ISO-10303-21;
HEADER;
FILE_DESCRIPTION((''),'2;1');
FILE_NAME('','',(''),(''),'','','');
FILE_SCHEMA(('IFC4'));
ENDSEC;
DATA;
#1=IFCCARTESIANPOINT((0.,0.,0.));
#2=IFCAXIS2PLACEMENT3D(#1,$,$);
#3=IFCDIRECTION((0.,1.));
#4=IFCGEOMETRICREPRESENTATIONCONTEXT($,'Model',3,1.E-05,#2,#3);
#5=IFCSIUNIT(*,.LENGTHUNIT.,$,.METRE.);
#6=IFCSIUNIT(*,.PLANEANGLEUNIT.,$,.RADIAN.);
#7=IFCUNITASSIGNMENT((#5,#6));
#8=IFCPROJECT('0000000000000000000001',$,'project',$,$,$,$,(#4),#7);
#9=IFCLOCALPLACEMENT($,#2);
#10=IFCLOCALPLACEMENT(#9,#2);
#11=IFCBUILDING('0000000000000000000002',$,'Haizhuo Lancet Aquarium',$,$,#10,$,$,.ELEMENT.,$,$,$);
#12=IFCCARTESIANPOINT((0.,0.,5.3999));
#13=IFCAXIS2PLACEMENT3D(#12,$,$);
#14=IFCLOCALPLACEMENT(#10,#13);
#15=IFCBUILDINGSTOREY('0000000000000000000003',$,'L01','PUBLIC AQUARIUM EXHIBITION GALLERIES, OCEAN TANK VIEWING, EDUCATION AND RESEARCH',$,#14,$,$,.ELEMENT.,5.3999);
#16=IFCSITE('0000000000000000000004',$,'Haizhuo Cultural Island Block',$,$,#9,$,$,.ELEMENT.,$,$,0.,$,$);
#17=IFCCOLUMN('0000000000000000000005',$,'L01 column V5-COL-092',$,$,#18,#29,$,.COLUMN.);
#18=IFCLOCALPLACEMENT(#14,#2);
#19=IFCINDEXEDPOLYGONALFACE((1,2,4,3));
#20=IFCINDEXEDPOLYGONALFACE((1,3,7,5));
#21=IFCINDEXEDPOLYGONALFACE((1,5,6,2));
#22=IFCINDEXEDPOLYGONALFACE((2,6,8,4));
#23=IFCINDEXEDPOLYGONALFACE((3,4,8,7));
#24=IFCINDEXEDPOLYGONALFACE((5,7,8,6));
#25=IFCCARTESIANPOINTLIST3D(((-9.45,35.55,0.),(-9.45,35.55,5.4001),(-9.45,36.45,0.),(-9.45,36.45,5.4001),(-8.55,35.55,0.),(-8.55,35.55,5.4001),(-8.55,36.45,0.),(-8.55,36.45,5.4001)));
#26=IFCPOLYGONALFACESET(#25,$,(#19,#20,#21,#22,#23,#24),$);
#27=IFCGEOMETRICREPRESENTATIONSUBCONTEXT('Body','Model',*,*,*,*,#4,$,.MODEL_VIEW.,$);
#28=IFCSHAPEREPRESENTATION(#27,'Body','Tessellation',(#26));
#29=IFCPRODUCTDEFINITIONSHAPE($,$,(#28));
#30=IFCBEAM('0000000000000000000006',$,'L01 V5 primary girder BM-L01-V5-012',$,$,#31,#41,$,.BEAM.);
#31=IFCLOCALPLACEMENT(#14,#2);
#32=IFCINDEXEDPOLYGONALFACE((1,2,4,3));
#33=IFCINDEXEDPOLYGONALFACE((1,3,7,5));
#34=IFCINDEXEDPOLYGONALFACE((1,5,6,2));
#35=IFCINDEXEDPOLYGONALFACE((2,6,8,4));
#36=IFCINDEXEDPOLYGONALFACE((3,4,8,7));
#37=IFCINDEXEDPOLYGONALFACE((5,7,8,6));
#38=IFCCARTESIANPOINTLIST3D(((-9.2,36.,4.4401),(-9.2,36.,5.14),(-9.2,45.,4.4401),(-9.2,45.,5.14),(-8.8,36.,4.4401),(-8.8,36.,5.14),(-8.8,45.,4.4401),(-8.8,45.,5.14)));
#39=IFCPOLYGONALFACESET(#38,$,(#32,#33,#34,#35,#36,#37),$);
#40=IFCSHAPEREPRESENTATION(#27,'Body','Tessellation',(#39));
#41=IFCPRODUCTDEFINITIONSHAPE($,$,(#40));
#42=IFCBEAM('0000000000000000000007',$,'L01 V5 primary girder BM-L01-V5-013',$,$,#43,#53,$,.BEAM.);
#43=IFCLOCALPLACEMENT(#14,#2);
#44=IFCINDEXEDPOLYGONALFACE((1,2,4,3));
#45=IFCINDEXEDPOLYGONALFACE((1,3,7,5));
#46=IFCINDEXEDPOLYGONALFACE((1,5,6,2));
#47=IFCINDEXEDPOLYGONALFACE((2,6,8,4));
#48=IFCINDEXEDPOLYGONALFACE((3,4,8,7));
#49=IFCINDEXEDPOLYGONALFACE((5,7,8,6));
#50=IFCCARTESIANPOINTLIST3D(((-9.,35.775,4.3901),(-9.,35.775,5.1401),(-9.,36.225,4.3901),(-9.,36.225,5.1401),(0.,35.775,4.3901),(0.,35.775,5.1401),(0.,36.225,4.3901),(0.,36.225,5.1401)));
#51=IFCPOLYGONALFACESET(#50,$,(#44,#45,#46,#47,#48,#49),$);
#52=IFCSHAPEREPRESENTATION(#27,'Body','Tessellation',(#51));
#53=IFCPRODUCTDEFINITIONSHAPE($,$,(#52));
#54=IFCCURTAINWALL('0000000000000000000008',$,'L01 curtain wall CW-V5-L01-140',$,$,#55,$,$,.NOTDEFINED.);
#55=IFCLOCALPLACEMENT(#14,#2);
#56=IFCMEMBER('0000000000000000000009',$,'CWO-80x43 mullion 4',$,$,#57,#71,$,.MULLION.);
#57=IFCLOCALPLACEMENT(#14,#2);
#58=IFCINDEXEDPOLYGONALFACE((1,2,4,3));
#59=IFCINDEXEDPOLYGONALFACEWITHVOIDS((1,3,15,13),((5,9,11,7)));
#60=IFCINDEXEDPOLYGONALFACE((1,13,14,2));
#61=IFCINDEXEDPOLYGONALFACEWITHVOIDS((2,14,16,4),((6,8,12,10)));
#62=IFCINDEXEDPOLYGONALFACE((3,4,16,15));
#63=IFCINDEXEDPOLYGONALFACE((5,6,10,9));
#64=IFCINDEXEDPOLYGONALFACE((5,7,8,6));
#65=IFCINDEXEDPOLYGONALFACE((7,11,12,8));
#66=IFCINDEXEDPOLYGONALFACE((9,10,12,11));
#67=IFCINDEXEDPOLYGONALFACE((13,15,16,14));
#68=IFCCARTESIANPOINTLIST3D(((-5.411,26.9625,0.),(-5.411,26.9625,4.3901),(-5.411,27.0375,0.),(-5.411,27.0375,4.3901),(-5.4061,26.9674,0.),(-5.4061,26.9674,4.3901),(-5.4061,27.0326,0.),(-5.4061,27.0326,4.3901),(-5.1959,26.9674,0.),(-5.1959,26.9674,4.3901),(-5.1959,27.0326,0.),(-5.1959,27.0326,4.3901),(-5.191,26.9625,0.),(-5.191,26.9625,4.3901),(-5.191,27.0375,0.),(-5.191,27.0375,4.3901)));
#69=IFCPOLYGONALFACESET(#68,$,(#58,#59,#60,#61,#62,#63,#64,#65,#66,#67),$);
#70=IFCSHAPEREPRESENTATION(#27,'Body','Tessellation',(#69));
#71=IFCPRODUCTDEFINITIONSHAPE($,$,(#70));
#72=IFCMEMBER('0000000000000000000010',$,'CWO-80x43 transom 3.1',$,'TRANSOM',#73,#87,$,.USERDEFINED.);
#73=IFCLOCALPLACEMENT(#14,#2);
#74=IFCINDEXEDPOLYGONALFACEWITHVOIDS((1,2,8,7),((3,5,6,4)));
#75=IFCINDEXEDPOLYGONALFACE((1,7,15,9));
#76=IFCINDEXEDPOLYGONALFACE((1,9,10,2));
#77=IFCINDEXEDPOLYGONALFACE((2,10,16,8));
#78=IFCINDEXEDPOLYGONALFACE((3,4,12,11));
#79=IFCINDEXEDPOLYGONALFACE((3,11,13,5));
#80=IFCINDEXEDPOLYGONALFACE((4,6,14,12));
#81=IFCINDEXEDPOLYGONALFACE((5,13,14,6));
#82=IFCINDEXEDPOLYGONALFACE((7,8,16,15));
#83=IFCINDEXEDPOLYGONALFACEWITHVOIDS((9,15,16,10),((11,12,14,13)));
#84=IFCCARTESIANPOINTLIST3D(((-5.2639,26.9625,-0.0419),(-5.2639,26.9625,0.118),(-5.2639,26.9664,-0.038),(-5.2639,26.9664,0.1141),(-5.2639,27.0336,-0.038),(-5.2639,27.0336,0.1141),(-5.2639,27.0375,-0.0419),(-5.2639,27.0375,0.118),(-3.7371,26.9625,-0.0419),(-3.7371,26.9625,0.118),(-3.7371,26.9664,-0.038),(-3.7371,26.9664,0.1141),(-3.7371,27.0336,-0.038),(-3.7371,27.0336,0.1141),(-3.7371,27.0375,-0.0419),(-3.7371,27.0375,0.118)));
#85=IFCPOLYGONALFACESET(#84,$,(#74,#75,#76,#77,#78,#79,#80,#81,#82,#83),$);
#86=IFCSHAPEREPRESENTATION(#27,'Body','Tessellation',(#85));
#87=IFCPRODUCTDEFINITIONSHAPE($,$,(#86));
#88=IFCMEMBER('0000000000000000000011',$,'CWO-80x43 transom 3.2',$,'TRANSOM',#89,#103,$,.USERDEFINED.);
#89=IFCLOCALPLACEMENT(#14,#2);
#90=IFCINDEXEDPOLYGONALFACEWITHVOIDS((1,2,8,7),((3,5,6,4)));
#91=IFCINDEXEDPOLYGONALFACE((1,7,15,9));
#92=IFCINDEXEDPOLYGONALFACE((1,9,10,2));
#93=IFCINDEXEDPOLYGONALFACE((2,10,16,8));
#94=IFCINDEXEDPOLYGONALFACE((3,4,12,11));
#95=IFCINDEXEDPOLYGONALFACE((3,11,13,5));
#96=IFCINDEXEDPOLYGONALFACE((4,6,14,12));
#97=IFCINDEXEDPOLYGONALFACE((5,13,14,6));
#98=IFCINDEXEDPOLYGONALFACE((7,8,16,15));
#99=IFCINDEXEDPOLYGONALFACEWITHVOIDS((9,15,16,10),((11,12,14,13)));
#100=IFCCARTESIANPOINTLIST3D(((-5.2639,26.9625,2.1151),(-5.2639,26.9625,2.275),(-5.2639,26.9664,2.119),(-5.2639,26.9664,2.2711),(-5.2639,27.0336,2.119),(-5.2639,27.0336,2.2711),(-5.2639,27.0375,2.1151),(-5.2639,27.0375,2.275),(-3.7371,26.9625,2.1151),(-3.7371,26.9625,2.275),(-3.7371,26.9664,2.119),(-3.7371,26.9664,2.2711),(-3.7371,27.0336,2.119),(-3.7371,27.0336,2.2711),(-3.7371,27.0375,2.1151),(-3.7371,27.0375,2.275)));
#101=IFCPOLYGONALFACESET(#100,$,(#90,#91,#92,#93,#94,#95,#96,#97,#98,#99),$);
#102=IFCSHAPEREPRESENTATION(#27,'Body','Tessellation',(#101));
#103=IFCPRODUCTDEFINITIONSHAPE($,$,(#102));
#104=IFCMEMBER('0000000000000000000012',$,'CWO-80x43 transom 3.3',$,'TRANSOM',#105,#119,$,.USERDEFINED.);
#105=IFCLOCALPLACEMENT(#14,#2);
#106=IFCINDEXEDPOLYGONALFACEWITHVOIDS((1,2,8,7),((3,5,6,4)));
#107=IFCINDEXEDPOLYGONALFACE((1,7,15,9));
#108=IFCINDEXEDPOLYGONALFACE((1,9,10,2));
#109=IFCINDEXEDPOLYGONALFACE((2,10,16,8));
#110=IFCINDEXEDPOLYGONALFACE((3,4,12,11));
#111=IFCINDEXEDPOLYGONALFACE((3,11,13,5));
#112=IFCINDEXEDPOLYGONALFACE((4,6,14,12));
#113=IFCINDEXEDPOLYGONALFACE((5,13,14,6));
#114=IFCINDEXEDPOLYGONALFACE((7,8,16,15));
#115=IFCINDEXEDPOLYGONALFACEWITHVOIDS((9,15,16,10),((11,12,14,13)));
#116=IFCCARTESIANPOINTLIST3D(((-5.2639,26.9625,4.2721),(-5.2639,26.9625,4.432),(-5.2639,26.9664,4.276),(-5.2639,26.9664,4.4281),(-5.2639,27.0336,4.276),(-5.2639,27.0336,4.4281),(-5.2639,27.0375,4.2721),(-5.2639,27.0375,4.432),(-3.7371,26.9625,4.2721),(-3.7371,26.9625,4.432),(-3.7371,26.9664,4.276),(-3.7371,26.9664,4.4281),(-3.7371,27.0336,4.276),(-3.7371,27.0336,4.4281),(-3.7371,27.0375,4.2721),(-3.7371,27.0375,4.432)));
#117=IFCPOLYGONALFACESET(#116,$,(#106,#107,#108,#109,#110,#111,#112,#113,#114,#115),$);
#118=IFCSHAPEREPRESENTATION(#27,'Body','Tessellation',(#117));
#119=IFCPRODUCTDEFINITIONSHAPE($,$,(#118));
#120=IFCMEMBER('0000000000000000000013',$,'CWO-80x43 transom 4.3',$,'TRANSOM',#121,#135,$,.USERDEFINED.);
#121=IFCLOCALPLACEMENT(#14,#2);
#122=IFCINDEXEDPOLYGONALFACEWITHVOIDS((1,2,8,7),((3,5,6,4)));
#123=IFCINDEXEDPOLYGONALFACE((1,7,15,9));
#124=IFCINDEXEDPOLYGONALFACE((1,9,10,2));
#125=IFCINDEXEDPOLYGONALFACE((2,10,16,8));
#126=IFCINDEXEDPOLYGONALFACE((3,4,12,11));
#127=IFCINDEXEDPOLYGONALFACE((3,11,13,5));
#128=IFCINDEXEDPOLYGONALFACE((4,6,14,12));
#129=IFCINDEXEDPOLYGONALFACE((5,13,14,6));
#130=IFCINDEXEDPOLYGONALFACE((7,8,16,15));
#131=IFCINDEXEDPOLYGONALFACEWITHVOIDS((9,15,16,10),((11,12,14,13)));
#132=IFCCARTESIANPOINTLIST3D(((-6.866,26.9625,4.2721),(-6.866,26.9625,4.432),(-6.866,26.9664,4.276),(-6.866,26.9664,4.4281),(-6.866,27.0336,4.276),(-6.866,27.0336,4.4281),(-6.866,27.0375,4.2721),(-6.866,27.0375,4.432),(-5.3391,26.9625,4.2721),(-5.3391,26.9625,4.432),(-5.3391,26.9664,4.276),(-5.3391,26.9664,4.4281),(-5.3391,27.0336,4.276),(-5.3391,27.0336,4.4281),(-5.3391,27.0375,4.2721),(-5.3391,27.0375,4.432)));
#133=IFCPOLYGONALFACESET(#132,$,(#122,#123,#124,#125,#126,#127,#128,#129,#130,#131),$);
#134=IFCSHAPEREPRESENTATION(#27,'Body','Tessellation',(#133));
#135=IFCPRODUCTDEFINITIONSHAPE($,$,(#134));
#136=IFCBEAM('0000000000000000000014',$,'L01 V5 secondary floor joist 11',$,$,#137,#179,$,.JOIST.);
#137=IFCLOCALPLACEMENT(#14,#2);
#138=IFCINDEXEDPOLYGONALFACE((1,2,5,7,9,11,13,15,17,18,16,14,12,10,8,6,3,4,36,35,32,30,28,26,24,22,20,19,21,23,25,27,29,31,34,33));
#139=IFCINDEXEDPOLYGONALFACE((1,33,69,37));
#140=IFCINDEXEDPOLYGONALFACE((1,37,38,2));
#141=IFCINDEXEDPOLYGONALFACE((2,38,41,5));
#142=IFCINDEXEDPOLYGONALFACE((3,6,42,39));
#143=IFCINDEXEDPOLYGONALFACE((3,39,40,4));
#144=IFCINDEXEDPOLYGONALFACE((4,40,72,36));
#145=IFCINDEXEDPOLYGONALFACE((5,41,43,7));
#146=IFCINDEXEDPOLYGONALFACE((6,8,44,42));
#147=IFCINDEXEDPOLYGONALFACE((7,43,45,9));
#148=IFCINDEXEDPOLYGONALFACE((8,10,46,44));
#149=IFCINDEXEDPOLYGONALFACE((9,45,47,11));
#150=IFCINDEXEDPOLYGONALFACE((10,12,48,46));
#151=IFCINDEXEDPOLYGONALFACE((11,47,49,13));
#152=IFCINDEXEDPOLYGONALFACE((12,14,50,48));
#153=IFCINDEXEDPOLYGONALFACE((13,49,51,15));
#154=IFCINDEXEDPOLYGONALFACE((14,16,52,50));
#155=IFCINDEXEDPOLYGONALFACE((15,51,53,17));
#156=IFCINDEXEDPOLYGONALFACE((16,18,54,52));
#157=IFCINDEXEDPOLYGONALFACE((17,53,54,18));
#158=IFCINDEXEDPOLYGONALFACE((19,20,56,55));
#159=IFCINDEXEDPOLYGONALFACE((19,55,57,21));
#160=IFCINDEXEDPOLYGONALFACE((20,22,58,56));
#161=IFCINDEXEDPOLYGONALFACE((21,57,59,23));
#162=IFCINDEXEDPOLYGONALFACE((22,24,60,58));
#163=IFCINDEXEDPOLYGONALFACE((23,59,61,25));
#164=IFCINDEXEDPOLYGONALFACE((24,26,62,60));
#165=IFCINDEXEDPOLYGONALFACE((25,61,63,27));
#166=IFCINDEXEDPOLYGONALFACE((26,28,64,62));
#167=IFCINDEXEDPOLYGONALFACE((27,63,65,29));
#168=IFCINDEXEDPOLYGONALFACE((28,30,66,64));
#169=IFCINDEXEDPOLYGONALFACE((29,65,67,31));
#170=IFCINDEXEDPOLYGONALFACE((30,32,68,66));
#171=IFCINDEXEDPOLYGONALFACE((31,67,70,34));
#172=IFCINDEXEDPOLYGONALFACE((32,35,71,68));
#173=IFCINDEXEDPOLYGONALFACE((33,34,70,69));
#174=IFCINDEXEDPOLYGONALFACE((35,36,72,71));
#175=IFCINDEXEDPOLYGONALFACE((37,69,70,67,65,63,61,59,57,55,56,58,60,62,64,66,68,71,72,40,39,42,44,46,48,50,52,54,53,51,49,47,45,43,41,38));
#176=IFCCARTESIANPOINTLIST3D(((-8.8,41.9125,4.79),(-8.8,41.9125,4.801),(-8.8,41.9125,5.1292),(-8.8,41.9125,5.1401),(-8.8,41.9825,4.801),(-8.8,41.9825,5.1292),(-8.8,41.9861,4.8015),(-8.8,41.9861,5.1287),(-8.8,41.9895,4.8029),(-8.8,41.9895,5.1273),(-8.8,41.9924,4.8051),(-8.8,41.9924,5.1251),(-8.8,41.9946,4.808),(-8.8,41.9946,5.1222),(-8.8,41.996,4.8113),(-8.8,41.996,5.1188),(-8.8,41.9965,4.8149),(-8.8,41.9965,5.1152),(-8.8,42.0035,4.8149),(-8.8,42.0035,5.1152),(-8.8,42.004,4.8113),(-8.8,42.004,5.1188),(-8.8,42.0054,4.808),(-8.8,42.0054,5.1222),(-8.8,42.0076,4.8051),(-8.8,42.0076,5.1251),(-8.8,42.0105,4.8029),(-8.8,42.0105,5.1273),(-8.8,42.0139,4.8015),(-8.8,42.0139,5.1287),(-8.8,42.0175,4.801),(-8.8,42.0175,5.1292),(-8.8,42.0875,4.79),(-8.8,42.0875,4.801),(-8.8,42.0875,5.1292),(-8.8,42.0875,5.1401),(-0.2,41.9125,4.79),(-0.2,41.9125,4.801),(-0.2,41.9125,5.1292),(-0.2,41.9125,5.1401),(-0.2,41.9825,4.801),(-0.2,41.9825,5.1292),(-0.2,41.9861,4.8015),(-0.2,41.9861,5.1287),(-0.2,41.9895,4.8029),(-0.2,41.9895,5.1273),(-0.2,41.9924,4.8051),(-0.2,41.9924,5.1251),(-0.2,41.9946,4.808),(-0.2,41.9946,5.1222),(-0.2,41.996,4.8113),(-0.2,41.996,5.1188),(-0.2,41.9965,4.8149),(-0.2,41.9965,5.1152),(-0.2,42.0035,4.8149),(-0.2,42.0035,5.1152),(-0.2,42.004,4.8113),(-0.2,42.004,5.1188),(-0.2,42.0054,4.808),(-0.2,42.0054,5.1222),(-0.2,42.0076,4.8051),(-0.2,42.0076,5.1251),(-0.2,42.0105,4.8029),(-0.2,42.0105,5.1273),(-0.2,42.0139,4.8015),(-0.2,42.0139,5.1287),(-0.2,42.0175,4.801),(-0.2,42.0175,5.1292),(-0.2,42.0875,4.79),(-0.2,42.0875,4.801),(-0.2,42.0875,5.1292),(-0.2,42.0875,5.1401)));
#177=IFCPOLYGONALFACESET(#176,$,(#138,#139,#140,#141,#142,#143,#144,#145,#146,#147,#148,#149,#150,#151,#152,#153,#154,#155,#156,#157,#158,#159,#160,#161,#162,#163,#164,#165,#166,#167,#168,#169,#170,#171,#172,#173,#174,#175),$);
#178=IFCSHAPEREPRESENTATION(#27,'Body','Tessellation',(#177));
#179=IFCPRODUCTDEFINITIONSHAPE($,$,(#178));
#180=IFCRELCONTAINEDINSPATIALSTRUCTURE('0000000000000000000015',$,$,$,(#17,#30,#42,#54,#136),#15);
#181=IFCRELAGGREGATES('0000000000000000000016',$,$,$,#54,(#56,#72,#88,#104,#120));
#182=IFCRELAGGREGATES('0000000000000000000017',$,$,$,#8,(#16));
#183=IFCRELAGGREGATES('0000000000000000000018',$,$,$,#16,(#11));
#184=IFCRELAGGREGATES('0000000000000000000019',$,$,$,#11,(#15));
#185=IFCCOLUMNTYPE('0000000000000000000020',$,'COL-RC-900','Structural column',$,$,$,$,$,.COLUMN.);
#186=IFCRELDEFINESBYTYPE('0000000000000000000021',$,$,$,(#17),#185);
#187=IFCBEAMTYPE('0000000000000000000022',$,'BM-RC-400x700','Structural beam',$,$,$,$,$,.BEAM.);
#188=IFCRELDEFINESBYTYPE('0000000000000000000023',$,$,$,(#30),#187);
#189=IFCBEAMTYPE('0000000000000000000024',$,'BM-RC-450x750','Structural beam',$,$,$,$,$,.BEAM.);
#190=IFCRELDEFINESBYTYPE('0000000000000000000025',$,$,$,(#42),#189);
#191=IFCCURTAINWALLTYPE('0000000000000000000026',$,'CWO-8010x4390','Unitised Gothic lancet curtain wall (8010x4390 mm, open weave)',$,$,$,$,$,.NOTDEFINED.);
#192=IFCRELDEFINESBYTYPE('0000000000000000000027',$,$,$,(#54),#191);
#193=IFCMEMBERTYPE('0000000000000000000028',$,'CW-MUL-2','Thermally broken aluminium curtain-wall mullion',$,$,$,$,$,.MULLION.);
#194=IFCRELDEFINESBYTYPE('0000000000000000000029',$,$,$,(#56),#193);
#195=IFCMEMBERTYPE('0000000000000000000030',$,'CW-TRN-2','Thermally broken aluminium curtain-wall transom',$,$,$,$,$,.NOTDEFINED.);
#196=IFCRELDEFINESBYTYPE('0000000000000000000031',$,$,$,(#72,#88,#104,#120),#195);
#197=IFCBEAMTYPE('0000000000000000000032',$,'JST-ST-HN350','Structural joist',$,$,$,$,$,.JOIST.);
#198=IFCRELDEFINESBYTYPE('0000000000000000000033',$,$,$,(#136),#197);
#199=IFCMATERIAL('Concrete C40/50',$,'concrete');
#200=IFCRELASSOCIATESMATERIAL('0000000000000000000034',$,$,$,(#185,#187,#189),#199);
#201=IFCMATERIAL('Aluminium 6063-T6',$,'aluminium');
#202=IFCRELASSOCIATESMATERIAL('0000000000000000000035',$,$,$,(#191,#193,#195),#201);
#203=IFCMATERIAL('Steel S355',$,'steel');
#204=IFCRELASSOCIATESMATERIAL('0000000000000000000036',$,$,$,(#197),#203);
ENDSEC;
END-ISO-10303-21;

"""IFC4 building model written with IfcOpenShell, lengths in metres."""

from ifc_helpers import new_model, si_unit, direction, frame, origin, origin_2d, place, context, subcontext, project, spatial, rectangle, hollow_rectangle, i_section, extrude, material, material_profile, profile_set, type_object, element, aggregate, save


model = new_model("IFC4")

# Units and contexts
model_context = context("Model", 3, precision=1e-05, world=origin(), true_north=direction((0.0, 1.0)))
body_context = subcontext(model_context, "Body", "Model", "MODEL_VIEW")
ifc_project = project(units=[si_unit("LENGTHUNIT", "METRE"), si_unit("PLANEANGLEUNIT", "RADIAN")], contexts=[model_context])

# Site, building, storey
site_placement = place(None, origin())
site = spatial("IfcSite", under=ifc_project, at=site_placement, Name="Haizhuo Cultural Island Block", CompositionType="ELEMENT", RefElevation=0.0)
building_placement = place(site_placement, origin())
building = spatial("IfcBuilding", under=site, at=building_placement, Name="Haizhuo Lancet Aquarium", CompositionType="ELEMENT")
storey_placement = place(building_placement, frame((0.0, 0.0, 5.3999)))
storey = spatial("IfcBuildingStorey", under=building, at=storey_placement, Name="L01", Description="PUBLIC AQUARIUM EXHIBITION GALLERIES, OCEAN TANK VIEWING, EDUCATION AND RESEARCH", CompositionType="ELEMENT", Elevation=5.3999)

# Column
ifc_material_1 = material(Name="Concrete C40/50", Category="concrete")
ifc_material_profile_1 = material_profile(ifc_material_1, rectangle(XDim=0.8999, YDim=0.8999, at=origin_2d()), Name="RC-COL 900x900")
ifc_profile_set_1 = profile_set([ifc_material_profile_1], Name="Concrete C40/50")
column_type = type_object("IfcColumnType", Name="COL-RC-900", Description="Structural column", PredefinedType="COLUMN", material=ifc_profile_set_1)
column_placement = place(storey_placement, frame((-9.0, 36.0, 0.0), z_axis=(0.0, 0.0, 1.0), x_axis=(1.0, 0.0, 0.0)))
element("IfcColumn", 1, at=column_placement, inside=storey, type_object=column_type, Name="L01 column V5-COL-092", PredefinedType="COLUMN", context=body_context, shape_type="SweptSolid", body=[
    extrude(rectangle(XDim=0.8999, YDim=0.8999, at=origin_2d()), origin(), (0.0, 0.0, 1.0), 5.4001),
])

# Beams
ifc_material_profile_2 = material_profile(ifc_material_1, rectangle(XDim=0.3999, YDim=0.7, at=origin_2d()), Name="RC-BM 400x700")
ifc_profile_set_2 = profile_set([ifc_material_profile_2], Name="Concrete C40/50")
beam_type_1 = type_object("IfcBeamType", Name="BM-RC-400x700", Description="Structural beam", PredefinedType="BEAM", material=ifc_profile_set_2)
beam_1_placement = place(storey_placement, frame((-9.0, 36.0, 4.79), z_axis=(0.0, 1.0, 0.0), x_axis=(-1.0, 0.0, 0.0)))
element("IfcBeam", 2, at=beam_1_placement, inside=storey, type_object=beam_type_1, Name="L01 V5 primary girder BM-L01-V5-012", PredefinedType="BEAM", context=body_context, shape_type="SweptSolid", body=[
    extrude(rectangle(XDim=0.3999, YDim=0.7, at=origin_2d()), origin(), (0.0, 0.0, 1.0), 9.0),
])
ifc_material_profile_3 = material_profile(ifc_material_1, rectangle(XDim=0.45, YDim=0.75, at=origin_2d()), Name="RC-BM 450x750")
ifc_profile_set_3 = profile_set([ifc_material_profile_3], Name="Concrete C40/50")
beam_type_2 = type_object("IfcBeamType", Name="BM-RC-450x750", Description="Structural beam", PredefinedType="BEAM", material=ifc_profile_set_3)
beam_2_placement = place(storey_placement, frame((-9.0, 36.0, 4.7651), z_axis=(1.0, 0.0, 0.0), x_axis=(0.0, 1.0, 0.0)))
element("IfcBeam", 3, at=beam_2_placement, inside=storey, type_object=beam_type_2, Name="L01 V5 primary girder BM-L01-V5-013", PredefinedType="BEAM", context=body_context, shape_type="SweptSolid", body=[
    extrude(rectangle(XDim=0.45, YDim=0.75, at=origin_2d()), origin(), (0.0, 0.0, 1.0), 9.0),
])

# Curtain wall, members
ifc_material_2 = material(Name="Aluminium 6063-T6", Category="aluminium")
curtain_wall_type = type_object("IfcCurtainWallType", Name="CWO-8010x4390", Description="Unitised Gothic lancet curtain wall (8010x4390 mm, open weave)", PredefinedType="NOTDEFINED", material=ifc_material_2)
curtain_wall_placement = place(storey_placement, origin())
curtain_wall = element("IfcCurtainWall", 4, at=curtain_wall_placement, inside=storey, type_object=curtain_wall_type, Name="L01 curtain wall CW-V5-L01-140", PredefinedType="NOTDEFINED")
ifc_material_profile_4 = material_profile(ifc_material_2, hollow_rectangle(XDim=0.075, YDim=0.22, WallThickness=0.0049, at=origin_2d()), Name="ALU-M 75x220x5")
ifc_profile_set_4 = profile_set([ifc_material_profile_4], Name="Aluminium 6063-T6")
member_type_1 = type_object("IfcMemberType", Name="CW-MUL-2", Description="Thermally broken aluminium curtain-wall mullion", PredefinedType="MULLION", material=ifc_profile_set_4)
member_1_placement = place(storey_placement, frame((-5.301, 27.0, 0.0), z_axis=(0.0, 0.0, 1.0), x_axis=(0.0, -1.0, 0.0)))
member_1 = element("IfcMember", 5, at=member_1_placement, type_object=member_type_1, Name="CWO-80x43 mullion 4", PredefinedType="MULLION", context=body_context, shape_type="SweptSolid", body=[
    extrude(hollow_rectangle(XDim=0.075, YDim=0.22, WallThickness=0.0049, at=origin_2d()), origin(), (0.0, 0.0, 1.0), 4.3901),
])
ifc_material_profile_5 = material_profile(ifc_material_2, hollow_rectangle(XDim=0.075, YDim=0.1599, WallThickness=0.0039, at=origin_2d()), Name="ALU-T 75x160x4")
ifc_profile_set_5 = profile_set([ifc_material_profile_5], Name="Aluminium 6063-T6")
member_type_2 = type_object("IfcMemberType", Name="CW-TRN-2", Description="Thermally broken aluminium curtain-wall transom", PredefinedType="NOTDEFINED", material=ifc_profile_set_5)
member_2_placement = place(storey_placement, frame((-3.7371, 27.0, 0.0381), z_axis=(-1.0, 0.0, 0.0), x_axis=(0.0, -1.0, 0.0)))
member_2 = element("IfcMember", 6, at=member_2_placement, type_object=member_type_2, Name="CWO-80x43 transom 3.1", ObjectType="TRANSOM", PredefinedType="USERDEFINED", context=body_context, shape_type="SweptSolid", body=[
    extrude(hollow_rectangle(XDim=0.075, YDim=0.1599, WallThickness=0.0039, at=origin_2d()), origin(), (0.0, 0.0, 1.0), 1.5269),
])
member_3_placement = place(storey_placement, frame((-3.7371, 27.0, 2.1951), z_axis=(-1.0, 0.0, 0.0), x_axis=(0.0, -1.0, 0.0)))
member_3 = element("IfcMember", 7, at=member_3_placement, type_object=member_type_2, Name="CWO-80x43 transom 3.2", ObjectType="TRANSOM", PredefinedType="USERDEFINED", context=body_context, shape_type="SweptSolid", body=[
    extrude(hollow_rectangle(XDim=0.075, YDim=0.1599, WallThickness=0.0039, at=origin_2d()), origin(), (0.0, 0.0, 1.0), 1.5269),
])
member_4_placement = place(storey_placement, frame((-3.7371, 27.0, 4.3521), z_axis=(-1.0, 0.0, 0.0), x_axis=(0.0, -1.0, 0.0)))
member_4 = element("IfcMember", 8, at=member_4_placement, type_object=member_type_2, Name="CWO-80x43 transom 3.3", ObjectType="TRANSOM", PredefinedType="USERDEFINED", context=body_context, shape_type="SweptSolid", body=[
    extrude(hollow_rectangle(XDim=0.075, YDim=0.1599, WallThickness=0.0039, at=origin_2d()), origin(), (0.0, 0.0, 1.0), 1.5269),
])
member_5_placement = place(storey_placement, frame((-5.3391, 27.0, 4.3521), z_axis=(-1.0, 0.0, 0.0), x_axis=(0.0, -1.0, 0.0)))
member_5 = element("IfcMember", 9, at=member_5_placement, type_object=member_type_2, Name="CWO-80x43 transom 4.3", ObjectType="TRANSOM", PredefinedType="USERDEFINED", context=body_context, shape_type="SweptSolid", body=[
    extrude(hollow_rectangle(XDim=0.075, YDim=0.1599, WallThickness=0.0039, at=origin_2d()), origin(), (0.0, 0.0, 1.0), 1.5269),
])

# Beam
ifc_material_3 = material(Name="Steel S355", Category="steel")
ifc_material_profile_6 = material_profile(ifc_material_3, i_section(OverallWidth=0.175, OverallDepth=0.3501, WebThickness=0.0071, FlangeThickness=0.011, FilletRadius=0.0139, at=origin_2d()), Name="HN 350x175x7x11")
ifc_profile_set_6 = profile_set([ifc_material_profile_6], Name="Steel S355")
beam_type_3 = type_object("IfcBeamType", Name="JST-ST-HN350", Description="Structural joist", PredefinedType="JOIST", material=ifc_profile_set_6)
beam_3_placement = place(storey_placement, frame((-8.8, 42.0, 4.9651), z_axis=(1.0, 0.0, 0.0), x_axis=(0.0, 1.0, 0.0)))
element("IfcBeam", 10, at=beam_3_placement, inside=storey, type_object=beam_type_3, Name="L01 V5 secondary floor joist 11", PredefinedType="JOIST", context=body_context, shape_type="SweptSolid", body=[
    extrude(i_section(OverallWidth=0.175, OverallDepth=0.3501, WebThickness=0.0071, FlangeThickness=0.011, FilletRadius=0.0139, at=origin_2d()), origin(), (0.0, 0.0, 1.0), 8.6001),
])

aggregate(curtain_wall, [member_1, member_2, member_3, member_4, member_5])

save(model, "model.ifc")
